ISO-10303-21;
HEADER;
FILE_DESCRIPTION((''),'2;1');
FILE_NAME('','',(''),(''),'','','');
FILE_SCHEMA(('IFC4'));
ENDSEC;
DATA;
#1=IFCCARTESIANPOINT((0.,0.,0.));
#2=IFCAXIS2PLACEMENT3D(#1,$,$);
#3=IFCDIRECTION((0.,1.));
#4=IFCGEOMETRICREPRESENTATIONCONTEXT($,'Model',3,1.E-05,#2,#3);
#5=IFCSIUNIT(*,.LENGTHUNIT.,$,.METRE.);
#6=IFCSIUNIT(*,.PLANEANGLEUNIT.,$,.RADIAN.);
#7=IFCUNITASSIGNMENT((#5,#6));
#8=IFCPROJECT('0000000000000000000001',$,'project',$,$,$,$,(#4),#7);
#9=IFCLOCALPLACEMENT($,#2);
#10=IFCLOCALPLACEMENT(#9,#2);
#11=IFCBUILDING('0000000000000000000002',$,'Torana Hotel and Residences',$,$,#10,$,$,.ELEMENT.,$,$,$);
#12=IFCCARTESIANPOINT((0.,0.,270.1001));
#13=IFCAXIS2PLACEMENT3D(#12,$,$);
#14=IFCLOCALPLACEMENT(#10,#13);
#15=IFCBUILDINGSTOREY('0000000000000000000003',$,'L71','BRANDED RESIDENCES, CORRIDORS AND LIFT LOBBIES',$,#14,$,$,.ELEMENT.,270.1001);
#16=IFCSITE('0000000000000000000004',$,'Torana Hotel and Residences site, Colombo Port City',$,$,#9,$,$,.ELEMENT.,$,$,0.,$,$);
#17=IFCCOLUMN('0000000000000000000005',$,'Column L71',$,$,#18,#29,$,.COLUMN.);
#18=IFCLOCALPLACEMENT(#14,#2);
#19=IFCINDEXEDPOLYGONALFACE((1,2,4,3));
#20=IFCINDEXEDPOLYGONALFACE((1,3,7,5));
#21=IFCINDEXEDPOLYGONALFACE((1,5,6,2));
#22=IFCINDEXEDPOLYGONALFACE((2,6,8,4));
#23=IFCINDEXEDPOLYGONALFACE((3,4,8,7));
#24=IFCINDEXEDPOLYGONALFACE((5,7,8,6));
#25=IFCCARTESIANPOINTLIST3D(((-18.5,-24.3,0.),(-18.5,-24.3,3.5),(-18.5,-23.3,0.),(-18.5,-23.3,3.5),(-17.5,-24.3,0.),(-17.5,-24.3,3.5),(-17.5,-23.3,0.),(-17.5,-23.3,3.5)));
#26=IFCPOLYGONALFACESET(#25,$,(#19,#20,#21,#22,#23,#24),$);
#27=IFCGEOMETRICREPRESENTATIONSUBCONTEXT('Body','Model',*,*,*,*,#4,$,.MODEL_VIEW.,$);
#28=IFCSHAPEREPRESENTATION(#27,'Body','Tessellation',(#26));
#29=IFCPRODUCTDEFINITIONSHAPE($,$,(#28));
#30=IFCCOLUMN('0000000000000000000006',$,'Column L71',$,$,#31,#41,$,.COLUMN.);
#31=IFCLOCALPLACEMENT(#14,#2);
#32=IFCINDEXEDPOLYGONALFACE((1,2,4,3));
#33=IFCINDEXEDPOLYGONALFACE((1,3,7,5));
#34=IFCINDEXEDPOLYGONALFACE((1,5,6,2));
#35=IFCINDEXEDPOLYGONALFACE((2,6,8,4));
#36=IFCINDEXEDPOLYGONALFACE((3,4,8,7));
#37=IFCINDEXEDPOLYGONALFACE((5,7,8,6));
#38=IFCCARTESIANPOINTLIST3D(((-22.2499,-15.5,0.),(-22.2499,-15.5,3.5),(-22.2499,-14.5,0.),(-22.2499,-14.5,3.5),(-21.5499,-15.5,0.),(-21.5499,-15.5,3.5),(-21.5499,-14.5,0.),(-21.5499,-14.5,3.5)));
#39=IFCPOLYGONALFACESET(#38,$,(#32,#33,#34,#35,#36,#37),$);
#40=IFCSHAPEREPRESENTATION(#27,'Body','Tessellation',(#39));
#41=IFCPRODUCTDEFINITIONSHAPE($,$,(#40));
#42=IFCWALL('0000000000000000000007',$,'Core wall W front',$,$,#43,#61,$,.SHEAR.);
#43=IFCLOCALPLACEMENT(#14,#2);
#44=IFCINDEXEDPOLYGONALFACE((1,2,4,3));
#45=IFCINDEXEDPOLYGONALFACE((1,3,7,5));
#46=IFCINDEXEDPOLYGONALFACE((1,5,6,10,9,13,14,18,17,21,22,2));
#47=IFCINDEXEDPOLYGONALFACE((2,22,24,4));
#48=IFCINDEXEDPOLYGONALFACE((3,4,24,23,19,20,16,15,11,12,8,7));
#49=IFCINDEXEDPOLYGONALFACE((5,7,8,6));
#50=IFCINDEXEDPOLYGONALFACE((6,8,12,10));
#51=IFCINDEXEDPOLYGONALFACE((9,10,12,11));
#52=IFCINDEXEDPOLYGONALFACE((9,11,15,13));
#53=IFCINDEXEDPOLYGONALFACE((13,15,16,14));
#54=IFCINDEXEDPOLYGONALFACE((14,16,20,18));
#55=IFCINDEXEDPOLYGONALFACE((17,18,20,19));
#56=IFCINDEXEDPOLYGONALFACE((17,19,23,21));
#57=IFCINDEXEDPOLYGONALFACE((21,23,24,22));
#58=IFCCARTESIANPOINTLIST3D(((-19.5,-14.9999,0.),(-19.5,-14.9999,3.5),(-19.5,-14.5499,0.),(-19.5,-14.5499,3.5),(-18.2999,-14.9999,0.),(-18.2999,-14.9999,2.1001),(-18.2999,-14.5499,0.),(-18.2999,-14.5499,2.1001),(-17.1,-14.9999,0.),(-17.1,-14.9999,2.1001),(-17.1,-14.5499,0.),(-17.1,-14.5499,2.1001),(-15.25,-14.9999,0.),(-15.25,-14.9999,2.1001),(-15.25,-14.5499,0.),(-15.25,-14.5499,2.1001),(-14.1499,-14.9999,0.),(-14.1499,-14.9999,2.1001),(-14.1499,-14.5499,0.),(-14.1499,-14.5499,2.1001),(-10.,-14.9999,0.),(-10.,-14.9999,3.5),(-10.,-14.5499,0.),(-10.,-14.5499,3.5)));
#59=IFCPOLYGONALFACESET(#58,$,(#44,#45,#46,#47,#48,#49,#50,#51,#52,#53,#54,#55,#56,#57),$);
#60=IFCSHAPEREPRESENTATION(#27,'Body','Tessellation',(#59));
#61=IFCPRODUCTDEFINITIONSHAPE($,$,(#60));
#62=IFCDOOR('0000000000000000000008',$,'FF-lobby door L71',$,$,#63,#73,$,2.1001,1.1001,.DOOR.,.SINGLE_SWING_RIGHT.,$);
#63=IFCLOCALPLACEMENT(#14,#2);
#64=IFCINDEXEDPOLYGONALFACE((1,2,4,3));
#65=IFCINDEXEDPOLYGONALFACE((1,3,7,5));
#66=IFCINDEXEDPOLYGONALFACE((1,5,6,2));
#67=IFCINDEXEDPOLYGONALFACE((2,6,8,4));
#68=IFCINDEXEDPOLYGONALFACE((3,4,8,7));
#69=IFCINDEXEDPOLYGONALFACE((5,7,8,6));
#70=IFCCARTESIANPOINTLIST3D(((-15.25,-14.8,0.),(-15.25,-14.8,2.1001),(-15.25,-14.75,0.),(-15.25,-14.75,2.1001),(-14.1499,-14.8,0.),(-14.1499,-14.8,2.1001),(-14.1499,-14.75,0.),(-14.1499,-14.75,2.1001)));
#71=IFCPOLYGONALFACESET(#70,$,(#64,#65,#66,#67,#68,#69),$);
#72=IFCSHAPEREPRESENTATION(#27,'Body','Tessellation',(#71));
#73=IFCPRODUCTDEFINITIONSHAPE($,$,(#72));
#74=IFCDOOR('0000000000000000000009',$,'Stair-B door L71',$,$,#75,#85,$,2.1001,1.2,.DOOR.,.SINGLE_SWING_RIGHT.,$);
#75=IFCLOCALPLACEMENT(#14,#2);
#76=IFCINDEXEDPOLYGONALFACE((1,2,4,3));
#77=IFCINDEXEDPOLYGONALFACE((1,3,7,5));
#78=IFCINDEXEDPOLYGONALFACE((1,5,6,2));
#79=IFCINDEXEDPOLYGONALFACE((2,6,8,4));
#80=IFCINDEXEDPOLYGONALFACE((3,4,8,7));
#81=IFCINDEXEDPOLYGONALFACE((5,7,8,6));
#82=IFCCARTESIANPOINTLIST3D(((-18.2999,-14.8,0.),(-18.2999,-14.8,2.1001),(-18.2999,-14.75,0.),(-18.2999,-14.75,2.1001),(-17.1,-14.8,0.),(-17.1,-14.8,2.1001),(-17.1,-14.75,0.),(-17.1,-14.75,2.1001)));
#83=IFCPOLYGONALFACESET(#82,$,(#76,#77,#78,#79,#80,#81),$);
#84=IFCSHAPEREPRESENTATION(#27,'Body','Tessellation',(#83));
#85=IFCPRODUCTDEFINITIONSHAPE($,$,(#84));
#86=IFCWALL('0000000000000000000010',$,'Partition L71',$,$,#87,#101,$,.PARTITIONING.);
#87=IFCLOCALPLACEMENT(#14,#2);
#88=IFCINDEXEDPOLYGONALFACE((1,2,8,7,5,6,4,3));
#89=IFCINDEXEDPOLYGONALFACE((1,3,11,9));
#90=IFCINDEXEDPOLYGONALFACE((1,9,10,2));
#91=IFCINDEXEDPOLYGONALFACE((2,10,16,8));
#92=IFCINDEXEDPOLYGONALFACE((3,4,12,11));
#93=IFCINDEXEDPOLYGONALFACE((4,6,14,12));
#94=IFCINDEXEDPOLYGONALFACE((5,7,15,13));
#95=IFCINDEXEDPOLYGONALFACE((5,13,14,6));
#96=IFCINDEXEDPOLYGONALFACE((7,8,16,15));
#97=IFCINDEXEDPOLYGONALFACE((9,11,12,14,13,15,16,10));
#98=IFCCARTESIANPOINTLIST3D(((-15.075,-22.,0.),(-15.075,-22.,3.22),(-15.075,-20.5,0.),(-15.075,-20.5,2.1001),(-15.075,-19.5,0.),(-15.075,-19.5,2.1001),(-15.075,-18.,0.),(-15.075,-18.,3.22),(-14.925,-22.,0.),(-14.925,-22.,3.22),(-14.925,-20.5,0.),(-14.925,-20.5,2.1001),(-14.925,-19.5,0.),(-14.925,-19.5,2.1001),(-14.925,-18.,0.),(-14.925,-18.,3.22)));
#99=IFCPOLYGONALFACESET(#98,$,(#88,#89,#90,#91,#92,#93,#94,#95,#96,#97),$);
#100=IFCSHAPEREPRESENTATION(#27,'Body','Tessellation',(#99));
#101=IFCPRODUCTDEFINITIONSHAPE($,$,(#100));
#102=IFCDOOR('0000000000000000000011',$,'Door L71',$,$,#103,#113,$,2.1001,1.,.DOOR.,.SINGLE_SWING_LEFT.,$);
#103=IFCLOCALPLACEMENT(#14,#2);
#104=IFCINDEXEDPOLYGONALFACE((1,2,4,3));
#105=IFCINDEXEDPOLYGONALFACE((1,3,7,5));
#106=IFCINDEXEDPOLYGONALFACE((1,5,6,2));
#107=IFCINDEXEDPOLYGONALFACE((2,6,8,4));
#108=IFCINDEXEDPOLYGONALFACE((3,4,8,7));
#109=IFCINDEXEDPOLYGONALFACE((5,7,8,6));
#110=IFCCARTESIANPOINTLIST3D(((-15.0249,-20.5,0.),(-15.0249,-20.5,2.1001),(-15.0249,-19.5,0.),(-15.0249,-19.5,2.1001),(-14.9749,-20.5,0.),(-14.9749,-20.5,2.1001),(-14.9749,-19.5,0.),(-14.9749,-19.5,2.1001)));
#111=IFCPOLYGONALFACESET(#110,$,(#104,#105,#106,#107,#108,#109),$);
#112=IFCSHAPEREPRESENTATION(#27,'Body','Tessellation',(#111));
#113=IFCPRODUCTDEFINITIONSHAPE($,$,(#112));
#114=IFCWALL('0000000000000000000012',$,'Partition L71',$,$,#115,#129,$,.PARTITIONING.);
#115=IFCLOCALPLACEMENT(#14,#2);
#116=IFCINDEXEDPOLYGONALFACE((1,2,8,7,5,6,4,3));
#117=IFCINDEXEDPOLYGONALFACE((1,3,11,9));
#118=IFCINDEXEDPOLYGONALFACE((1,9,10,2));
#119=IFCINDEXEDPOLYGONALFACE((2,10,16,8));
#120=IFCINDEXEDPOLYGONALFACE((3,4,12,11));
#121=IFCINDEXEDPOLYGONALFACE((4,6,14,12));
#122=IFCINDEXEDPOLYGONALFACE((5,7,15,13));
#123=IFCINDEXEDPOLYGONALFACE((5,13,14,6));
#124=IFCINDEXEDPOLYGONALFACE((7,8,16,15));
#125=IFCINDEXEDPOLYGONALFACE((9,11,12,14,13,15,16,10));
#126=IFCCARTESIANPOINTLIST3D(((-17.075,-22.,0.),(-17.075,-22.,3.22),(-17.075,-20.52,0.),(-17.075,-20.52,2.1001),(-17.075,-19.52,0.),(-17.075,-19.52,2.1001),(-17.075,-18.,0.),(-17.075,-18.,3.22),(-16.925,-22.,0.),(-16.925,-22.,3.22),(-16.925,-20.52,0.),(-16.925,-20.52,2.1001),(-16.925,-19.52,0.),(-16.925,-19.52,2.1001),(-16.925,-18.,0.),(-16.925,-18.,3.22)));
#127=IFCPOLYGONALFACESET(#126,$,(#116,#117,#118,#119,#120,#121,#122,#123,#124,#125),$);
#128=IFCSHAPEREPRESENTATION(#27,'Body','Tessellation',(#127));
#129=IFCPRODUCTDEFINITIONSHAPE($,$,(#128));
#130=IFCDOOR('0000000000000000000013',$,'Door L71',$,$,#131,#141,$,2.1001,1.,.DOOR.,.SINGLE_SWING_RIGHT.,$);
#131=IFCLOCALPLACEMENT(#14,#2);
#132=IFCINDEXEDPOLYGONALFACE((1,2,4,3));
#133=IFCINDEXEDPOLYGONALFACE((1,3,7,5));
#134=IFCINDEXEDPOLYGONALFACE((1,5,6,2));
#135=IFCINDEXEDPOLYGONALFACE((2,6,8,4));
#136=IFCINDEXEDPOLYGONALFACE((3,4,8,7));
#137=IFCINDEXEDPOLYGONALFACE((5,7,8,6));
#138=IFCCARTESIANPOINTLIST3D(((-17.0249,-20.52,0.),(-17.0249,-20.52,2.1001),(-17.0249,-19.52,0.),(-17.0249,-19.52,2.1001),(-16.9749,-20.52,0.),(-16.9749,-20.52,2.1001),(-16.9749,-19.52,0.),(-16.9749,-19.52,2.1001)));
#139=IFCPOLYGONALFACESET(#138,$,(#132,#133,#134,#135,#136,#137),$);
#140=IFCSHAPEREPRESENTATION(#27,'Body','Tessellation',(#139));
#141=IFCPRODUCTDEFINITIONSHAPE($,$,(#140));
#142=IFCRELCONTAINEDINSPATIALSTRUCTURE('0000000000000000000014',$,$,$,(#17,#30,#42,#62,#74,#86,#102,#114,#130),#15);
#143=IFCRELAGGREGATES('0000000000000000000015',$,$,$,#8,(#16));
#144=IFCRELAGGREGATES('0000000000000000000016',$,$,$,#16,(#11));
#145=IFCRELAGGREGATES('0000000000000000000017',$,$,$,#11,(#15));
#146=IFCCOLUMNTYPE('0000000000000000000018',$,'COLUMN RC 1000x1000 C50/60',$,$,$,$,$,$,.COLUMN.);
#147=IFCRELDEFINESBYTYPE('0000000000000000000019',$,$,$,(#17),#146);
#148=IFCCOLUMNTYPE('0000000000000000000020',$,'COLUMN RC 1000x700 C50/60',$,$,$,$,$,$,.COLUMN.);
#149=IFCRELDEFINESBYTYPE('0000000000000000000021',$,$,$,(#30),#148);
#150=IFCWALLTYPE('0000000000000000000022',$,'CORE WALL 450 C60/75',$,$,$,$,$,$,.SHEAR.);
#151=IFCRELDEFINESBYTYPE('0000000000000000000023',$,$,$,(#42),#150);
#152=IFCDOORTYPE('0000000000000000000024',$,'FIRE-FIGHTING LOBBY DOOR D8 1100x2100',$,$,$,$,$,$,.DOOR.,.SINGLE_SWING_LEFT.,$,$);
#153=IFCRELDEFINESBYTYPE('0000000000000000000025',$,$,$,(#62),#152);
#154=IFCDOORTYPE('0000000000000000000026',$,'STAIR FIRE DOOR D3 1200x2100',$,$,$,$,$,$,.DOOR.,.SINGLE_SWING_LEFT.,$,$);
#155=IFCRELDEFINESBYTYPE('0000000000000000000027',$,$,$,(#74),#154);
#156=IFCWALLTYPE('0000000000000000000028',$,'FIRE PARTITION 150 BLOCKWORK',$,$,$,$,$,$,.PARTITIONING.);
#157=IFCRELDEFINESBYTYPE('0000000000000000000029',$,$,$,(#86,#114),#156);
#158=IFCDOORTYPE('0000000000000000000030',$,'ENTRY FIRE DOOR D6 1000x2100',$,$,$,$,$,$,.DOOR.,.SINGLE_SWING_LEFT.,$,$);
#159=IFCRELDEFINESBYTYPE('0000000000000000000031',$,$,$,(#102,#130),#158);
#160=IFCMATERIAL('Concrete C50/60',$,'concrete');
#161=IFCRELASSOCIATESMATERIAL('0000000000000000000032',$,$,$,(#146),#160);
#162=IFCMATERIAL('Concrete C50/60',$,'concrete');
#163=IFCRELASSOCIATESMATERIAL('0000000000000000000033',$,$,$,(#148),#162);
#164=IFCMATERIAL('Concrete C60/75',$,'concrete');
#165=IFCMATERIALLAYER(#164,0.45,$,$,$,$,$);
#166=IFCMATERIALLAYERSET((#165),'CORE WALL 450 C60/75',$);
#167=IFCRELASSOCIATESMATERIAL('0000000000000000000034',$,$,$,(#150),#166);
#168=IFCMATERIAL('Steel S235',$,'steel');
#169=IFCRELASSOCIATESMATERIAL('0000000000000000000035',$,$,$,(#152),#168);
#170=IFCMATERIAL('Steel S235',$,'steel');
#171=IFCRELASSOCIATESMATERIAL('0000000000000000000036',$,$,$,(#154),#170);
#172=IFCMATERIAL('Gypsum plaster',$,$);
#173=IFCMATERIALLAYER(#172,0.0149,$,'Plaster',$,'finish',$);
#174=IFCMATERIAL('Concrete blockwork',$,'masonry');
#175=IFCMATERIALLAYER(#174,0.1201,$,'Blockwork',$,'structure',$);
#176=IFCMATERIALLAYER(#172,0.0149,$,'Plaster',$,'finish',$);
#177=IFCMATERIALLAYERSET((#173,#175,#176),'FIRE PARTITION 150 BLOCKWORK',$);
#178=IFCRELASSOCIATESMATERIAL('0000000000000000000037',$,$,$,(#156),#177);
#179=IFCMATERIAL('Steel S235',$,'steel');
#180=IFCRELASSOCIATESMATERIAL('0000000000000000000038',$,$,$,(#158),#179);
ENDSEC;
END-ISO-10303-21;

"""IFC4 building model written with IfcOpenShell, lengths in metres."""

from ifc_helpers import new_model, si_unit, direction, frame, frame_2d, origin, origin_2d, place, context, subcontext, project, spatial, rectangle, extrude, material, layer, layer_set, material_profile, profile_set, type_object, element, fill, save


model = new_model("IFC4")

# Units and contexts
model_context = context("Model", 3, precision=1e-05, world=origin(), true_north=direction((0.0, 1.0)))
body_context = subcontext(model_context, "Body", "Model", "MODEL_VIEW")
ifc_project = project(units=[si_unit("LENGTHUNIT", "METRE"), si_unit("PLANEANGLEUNIT", "RADIAN")], contexts=[model_context])

# Site, building, storey
site_placement = place(None, origin())
site = spatial("IfcSite", under=ifc_project, at=site_placement, Name="Torana Hotel and Residences site, Colombo Port City", CompositionType="ELEMENT", RefElevation=0.0)
building_placement = place(site_placement, origin())
building = spatial("IfcBuilding", under=site, at=building_placement, Name="Torana Hotel and Residences", CompositionType="ELEMENT")
storey_placement = place(building_placement, frame((0.0, 0.0, 270.1001)))
storey = spatial("IfcBuildingStorey", under=building, at=storey_placement, Name="L71", Description="BRANDED RESIDENCES, CORRIDORS AND LIFT LOBBIES", CompositionType="ELEMENT", Elevation=270.1001)

# Columns
ifc_material_1 = material(Name="Concrete C50/60", Category="concrete")
ifc_material_profile_1 = material_profile(ifc_material_1, rectangle(XDim=1.0, YDim=1.0, at=origin_2d()), Name="RC 1000x1000")
ifc_profile_set_1 = profile_set([ifc_material_profile_1], Name="Concrete C50/60")
column_type_1 = type_object("IfcColumnType", Name="COLUMN RC 1000x1000 C50/60", PredefinedType="COLUMN", material=ifc_profile_set_1)
column_1_placement = place(storey_placement, frame((-18.0, -23.8, 0.0), z_axis=(0.0, 0.0, 1.0), x_axis=(1.0, 0.0, 0.0)))
element("IfcColumn", 1, at=column_1_placement, inside=storey, type_object=column_type_1, Name="Column L71", PredefinedType="COLUMN", context=body_context, shape_type="SweptSolid", body=[
    extrude(rectangle(XDim=1.0, YDim=1.0, at=origin_2d()), origin(), (0.0, 0.0, 1.0), 3.5),
])
ifc_material_2 = material(Name="Concrete C50/60", Category="concrete")
ifc_material_profile_2 = material_profile(ifc_material_2, rectangle(XDim=1.0, YDim=0.7, at=origin_2d()), Name="RC 1000x700")
ifc_profile_set_2 = profile_set([ifc_material_profile_2], Name="Concrete C50/60")
column_type_2 = type_object("IfcColumnType", Name="COLUMN RC 1000x700 C50/60", PredefinedType="COLUMN", material=ifc_profile_set_2)
column_2_placement = place(storey_placement, frame((-21.8999, -15.0, 0.0), z_axis=(0.0, 0.0, 1.0), x_axis=(0.0, 1.0, 0.0)))
element("IfcColumn", 2, at=column_2_placement, inside=storey, type_object=column_type_2, Name="Column L71", PredefinedType="COLUMN", context=body_context, shape_type="SweptSolid", body=[
    extrude(rectangle(XDim=1.0, YDim=0.7, at=origin_2d()), origin(), (0.0, 0.0, 1.0), 3.5),
])

# Wall, openings, doors
ifc_material_3 = material(Name="Concrete C60/75", Category="concrete")
ifc_layer_1 = layer(ifc_material_3, 0.45)
ifc_layer_set_1 = layer_set([ifc_layer_1], Name="CORE WALL 450 C60/75")
wall_type_1 = type_object("IfcWallType", Name="CORE WALL 450 C60/75", PredefinedType="SHEAR", material=ifc_layer_set_1)
wall_1_placement = place(storey_placement, frame((-19.5, -14.7749, 0.0), z_axis=(0.0, 0.0, 1.0), x_axis=(1.0, 0.0, 0.0)))
wall_1 = element("IfcWall", 3, at=wall_1_placement, inside=storey, type_object=wall_type_1, Name="Core wall W front", PredefinedType="SHEAR", context=body_context, shape_type="SweptSolid", body=[
    extrude(rectangle(XDim=9.5, YDim=0.45, at=frame_2d((4.75, 0.0))), origin(), (0.0, 0.0, 1.0), 3.5),
])
opening_1_placement = place(wall_1_placement, frame((1.2, 0.0, 0.0)))
opening_1 = element("IfcOpeningElement", 4, at=opening_1_placement, cuts=wall_1, PredefinedType="OPENING", context=body_context, shape_type="SweptSolid", body=[
    extrude(rectangle(XDim=1.2, YDim=2.1001, at=frame_2d((0.6001, 1.05))), frame((0.0, 0.2349, 0.0), z_axis=(0.0, -1.0, 0.0), x_axis=(1.0, 0.0, 0.0)), (0.0, 0.0, 1.0), 0.47),
])
opening_2_placement = place(wall_1_placement, frame((4.25, 0.0, 0.0)))
opening_2 = element("IfcOpeningElement", 5, at=opening_2_placement, cuts=wall_1, PredefinedType="OPENING", context=body_context, shape_type="SweptSolid", body=[
    extrude(rectangle(XDim=1.1001, YDim=2.1001, at=frame_2d((0.55, 1.05))), frame((0.0, 0.2349, 0.0), z_axis=(0.0, -1.0, 0.0), x_axis=(1.0, 0.0, 0.0)), (0.0, 0.0, 1.0), 0.47),
])
ifc_material_4 = material(Name="Steel S235", Category="steel")
door_type_1 = type_object("IfcDoorType", Name="FIRE-FIGHTING LOBBY DOOR D8 1100x2100", OperationType="SINGLE_SWING_LEFT", PredefinedType="DOOR", material=ifc_material_4)
door_1_placement = place(opening_2_placement, origin())
door_1 = element("IfcDoor", 6, at=door_1_placement, inside=storey, type_object=door_type_1, Name="FF-lobby door L71", OperationType="SINGLE_SWING_RIGHT", OverallHeight=2.1001, OverallWidth=1.1001, PredefinedType="DOOR", context=body_context, shape_type="SweptSolid", body=[
    extrude(rectangle(XDim=1.1001, YDim=2.1001, at=frame_2d((0.55, 1.05))), frame((0.0, 0.0249, 0.0), z_axis=(0.0, -1.0, 0.0), x_axis=(1.0, 0.0, 0.0)), (0.0, 0.0, 1.0), 0.05),
])
fill(opening_2, door_1)
ifc_material_5 = material(Name="Steel S235", Category="steel")
door_type_2 = type_object("IfcDoorType", Name="STAIR FIRE DOOR D3 1200x2100", OperationType="SINGLE_SWING_LEFT", PredefinedType="DOOR", material=ifc_material_5)
door_2_placement = place(opening_1_placement, origin())
door_2 = element("IfcDoor", 7, at=door_2_placement, inside=storey, type_object=door_type_2, Name="Stair-B door L71", OperationType="SINGLE_SWING_RIGHT", OverallHeight=2.1001, OverallWidth=1.2, PredefinedType="DOOR", context=body_context, shape_type="SweptSolid", body=[
    extrude(rectangle(XDim=1.2, YDim=2.1001, at=frame_2d((0.6001, 1.05))), frame((0.0, 0.0249, 0.0), z_axis=(0.0, -1.0, 0.0), x_axis=(1.0, 0.0, 0.0)), (0.0, 0.0, 1.0), 0.05),
])
fill(opening_1, door_2)

# Walls, openings, doors
ifc_material_6 = material(Name="Gypsum plaster")
ifc_layer_2 = layer(ifc_material_6, 0.0149, Name="Plaster", Category="finish")
ifc_material_7 = material(Name="Concrete blockwork", Category="masonry")
ifc_layer_3 = layer(ifc_material_7, 0.1201, Name="Blockwork", Category="structure")
ifc_layer_4 = layer(ifc_material_6, 0.0149, Name="Plaster", Category="finish")
ifc_layer_set_2 = layer_set([ifc_layer_2, ifc_layer_3, ifc_layer_4], Name="FIRE PARTITION 150 BLOCKWORK")
wall_type_2 = type_object("IfcWallType", Name="FIRE PARTITION 150 BLOCKWORK", PredefinedType="PARTITIONING", material=ifc_layer_set_2)
wall_2_placement = place(storey_placement, frame((-15.0, -22.0, 0.0), z_axis=(0.0, 0.0, 1.0), x_axis=(0.0, 1.0, 0.0)))
wall_2 = element("IfcWall", 8, at=wall_2_placement, inside=storey, type_object=wall_type_2, Name="Partition L71", PredefinedType="PARTITIONING", context=body_context, shape_type="SweptSolid", body=[
    extrude(rectangle(XDim=4.0, YDim=0.1499, at=frame_2d((2.0, 0.0))), origin(), (0.0, 0.0, 1.0), 3.22),
])
opening_3_placement = place(wall_2_placement, frame((1.5, 0.0, 0.0)))
opening_3 = element("IfcOpeningElement", 9, at=opening_3_placement, cuts=wall_2, PredefinedType="OPENING", context=body_context, shape_type="SweptSolid", body=[
    extrude(rectangle(XDim=1.0, YDim=2.1001, at=frame_2d((0.5, 1.05))), frame((0.0, 0.085, 0.0), z_axis=(0.0, -1.0, 0.0), x_axis=(1.0, 0.0, 0.0)), (0.0, 0.0, 1.0), 0.1699),
])
ifc_material_8 = material(Name="Steel S235", Category="steel")
door_type_3 = type_object("IfcDoorType", Name="ENTRY FIRE DOOR D6 1000x2100", OperationType="SINGLE_SWING_LEFT", PredefinedType="DOOR", material=ifc_material_8)
door_3_placement = place(opening_3_placement, frame((0.5, 0.0, 0.0), z_axis=(0.0, 0.0, 1.0), x_axis=(-1.0, 0.0, 0.0)))
door_3 = element("IfcDoor", 10, at=door_3_placement, inside=storey, type_object=door_type_3, Name="Door L71", OperationType="SINGLE_SWING_LEFT", OverallHeight=2.1001, OverallWidth=1.0, PredefinedType="DOOR", context=body_context, shape_type="SweptSolid", body=[
    extrude(rectangle(XDim=1.0, YDim=2.1001, at=frame_2d((0.0, 1.05))), frame((0.0, -0.0249, 0.0), z_axis=(0.0, 1.0, 0.0), x_axis=(-1.0, 0.0, 0.0)), (0.0, 0.0, 1.0), 0.05),
])
fill(opening_3, door_3)
wall_3_placement = place(storey_placement, frame((-17.0, -22.0, 0.0), z_axis=(0.0, 0.0, 1.0), x_axis=(0.0, 1.0, 0.0)))
wall_3 = element("IfcWall", 11, at=wall_3_placement, inside=storey, type_object=wall_type_2, Name="Partition L71", PredefinedType="PARTITIONING", context=body_context, shape_type="SweptSolid", body=[
    extrude(rectangle(XDim=4.0, YDim=0.1499, at=frame_2d((2.0, 0.0))), origin(), (0.0, 0.0, 1.0), 3.22),
])
opening_4_placement = place(wall_3_placement, frame((1.48, 0.0, 0.0)))
opening_4 = element("IfcOpeningElement", 12, at=opening_4_placement, cuts=wall_3, PredefinedType="OPENING", context=body_context, shape_type="SweptSolid", body=[
    extrude(rectangle(XDim=1.0, YDim=2.1001, at=frame_2d((0.5, 1.05))), frame((0.0, 0.085, 0.0), z_axis=(0.0, -1.0, 0.0), x_axis=(1.0, 0.0, 0.0)), (0.0, 0.0, 1.0), 0.1699),
])
door_4_placement = place(opening_4_placement, origin())
door_4 = element("IfcDoor", 13, at=door_4_placement, inside=storey, type_object=door_type_3, Name="Door L71", OperationType="SINGLE_SWING_RIGHT", OverallHeight=2.1001, OverallWidth=1.0, PredefinedType="DOOR", context=body_context, shape_type="SweptSolid", body=[
    extrude(rectangle(XDim=1.0, YDim=2.1001, at=frame_2d((0.5, 1.05))), frame((0.0, 0.0249, 0.0), z_axis=(0.0, -1.0, 0.0), x_axis=(1.0, 0.0, 0.0)), (0.0, 0.0, 1.0), 0.05),
])
fill(opening_4, door_4)

save(model, "model.ifc")
